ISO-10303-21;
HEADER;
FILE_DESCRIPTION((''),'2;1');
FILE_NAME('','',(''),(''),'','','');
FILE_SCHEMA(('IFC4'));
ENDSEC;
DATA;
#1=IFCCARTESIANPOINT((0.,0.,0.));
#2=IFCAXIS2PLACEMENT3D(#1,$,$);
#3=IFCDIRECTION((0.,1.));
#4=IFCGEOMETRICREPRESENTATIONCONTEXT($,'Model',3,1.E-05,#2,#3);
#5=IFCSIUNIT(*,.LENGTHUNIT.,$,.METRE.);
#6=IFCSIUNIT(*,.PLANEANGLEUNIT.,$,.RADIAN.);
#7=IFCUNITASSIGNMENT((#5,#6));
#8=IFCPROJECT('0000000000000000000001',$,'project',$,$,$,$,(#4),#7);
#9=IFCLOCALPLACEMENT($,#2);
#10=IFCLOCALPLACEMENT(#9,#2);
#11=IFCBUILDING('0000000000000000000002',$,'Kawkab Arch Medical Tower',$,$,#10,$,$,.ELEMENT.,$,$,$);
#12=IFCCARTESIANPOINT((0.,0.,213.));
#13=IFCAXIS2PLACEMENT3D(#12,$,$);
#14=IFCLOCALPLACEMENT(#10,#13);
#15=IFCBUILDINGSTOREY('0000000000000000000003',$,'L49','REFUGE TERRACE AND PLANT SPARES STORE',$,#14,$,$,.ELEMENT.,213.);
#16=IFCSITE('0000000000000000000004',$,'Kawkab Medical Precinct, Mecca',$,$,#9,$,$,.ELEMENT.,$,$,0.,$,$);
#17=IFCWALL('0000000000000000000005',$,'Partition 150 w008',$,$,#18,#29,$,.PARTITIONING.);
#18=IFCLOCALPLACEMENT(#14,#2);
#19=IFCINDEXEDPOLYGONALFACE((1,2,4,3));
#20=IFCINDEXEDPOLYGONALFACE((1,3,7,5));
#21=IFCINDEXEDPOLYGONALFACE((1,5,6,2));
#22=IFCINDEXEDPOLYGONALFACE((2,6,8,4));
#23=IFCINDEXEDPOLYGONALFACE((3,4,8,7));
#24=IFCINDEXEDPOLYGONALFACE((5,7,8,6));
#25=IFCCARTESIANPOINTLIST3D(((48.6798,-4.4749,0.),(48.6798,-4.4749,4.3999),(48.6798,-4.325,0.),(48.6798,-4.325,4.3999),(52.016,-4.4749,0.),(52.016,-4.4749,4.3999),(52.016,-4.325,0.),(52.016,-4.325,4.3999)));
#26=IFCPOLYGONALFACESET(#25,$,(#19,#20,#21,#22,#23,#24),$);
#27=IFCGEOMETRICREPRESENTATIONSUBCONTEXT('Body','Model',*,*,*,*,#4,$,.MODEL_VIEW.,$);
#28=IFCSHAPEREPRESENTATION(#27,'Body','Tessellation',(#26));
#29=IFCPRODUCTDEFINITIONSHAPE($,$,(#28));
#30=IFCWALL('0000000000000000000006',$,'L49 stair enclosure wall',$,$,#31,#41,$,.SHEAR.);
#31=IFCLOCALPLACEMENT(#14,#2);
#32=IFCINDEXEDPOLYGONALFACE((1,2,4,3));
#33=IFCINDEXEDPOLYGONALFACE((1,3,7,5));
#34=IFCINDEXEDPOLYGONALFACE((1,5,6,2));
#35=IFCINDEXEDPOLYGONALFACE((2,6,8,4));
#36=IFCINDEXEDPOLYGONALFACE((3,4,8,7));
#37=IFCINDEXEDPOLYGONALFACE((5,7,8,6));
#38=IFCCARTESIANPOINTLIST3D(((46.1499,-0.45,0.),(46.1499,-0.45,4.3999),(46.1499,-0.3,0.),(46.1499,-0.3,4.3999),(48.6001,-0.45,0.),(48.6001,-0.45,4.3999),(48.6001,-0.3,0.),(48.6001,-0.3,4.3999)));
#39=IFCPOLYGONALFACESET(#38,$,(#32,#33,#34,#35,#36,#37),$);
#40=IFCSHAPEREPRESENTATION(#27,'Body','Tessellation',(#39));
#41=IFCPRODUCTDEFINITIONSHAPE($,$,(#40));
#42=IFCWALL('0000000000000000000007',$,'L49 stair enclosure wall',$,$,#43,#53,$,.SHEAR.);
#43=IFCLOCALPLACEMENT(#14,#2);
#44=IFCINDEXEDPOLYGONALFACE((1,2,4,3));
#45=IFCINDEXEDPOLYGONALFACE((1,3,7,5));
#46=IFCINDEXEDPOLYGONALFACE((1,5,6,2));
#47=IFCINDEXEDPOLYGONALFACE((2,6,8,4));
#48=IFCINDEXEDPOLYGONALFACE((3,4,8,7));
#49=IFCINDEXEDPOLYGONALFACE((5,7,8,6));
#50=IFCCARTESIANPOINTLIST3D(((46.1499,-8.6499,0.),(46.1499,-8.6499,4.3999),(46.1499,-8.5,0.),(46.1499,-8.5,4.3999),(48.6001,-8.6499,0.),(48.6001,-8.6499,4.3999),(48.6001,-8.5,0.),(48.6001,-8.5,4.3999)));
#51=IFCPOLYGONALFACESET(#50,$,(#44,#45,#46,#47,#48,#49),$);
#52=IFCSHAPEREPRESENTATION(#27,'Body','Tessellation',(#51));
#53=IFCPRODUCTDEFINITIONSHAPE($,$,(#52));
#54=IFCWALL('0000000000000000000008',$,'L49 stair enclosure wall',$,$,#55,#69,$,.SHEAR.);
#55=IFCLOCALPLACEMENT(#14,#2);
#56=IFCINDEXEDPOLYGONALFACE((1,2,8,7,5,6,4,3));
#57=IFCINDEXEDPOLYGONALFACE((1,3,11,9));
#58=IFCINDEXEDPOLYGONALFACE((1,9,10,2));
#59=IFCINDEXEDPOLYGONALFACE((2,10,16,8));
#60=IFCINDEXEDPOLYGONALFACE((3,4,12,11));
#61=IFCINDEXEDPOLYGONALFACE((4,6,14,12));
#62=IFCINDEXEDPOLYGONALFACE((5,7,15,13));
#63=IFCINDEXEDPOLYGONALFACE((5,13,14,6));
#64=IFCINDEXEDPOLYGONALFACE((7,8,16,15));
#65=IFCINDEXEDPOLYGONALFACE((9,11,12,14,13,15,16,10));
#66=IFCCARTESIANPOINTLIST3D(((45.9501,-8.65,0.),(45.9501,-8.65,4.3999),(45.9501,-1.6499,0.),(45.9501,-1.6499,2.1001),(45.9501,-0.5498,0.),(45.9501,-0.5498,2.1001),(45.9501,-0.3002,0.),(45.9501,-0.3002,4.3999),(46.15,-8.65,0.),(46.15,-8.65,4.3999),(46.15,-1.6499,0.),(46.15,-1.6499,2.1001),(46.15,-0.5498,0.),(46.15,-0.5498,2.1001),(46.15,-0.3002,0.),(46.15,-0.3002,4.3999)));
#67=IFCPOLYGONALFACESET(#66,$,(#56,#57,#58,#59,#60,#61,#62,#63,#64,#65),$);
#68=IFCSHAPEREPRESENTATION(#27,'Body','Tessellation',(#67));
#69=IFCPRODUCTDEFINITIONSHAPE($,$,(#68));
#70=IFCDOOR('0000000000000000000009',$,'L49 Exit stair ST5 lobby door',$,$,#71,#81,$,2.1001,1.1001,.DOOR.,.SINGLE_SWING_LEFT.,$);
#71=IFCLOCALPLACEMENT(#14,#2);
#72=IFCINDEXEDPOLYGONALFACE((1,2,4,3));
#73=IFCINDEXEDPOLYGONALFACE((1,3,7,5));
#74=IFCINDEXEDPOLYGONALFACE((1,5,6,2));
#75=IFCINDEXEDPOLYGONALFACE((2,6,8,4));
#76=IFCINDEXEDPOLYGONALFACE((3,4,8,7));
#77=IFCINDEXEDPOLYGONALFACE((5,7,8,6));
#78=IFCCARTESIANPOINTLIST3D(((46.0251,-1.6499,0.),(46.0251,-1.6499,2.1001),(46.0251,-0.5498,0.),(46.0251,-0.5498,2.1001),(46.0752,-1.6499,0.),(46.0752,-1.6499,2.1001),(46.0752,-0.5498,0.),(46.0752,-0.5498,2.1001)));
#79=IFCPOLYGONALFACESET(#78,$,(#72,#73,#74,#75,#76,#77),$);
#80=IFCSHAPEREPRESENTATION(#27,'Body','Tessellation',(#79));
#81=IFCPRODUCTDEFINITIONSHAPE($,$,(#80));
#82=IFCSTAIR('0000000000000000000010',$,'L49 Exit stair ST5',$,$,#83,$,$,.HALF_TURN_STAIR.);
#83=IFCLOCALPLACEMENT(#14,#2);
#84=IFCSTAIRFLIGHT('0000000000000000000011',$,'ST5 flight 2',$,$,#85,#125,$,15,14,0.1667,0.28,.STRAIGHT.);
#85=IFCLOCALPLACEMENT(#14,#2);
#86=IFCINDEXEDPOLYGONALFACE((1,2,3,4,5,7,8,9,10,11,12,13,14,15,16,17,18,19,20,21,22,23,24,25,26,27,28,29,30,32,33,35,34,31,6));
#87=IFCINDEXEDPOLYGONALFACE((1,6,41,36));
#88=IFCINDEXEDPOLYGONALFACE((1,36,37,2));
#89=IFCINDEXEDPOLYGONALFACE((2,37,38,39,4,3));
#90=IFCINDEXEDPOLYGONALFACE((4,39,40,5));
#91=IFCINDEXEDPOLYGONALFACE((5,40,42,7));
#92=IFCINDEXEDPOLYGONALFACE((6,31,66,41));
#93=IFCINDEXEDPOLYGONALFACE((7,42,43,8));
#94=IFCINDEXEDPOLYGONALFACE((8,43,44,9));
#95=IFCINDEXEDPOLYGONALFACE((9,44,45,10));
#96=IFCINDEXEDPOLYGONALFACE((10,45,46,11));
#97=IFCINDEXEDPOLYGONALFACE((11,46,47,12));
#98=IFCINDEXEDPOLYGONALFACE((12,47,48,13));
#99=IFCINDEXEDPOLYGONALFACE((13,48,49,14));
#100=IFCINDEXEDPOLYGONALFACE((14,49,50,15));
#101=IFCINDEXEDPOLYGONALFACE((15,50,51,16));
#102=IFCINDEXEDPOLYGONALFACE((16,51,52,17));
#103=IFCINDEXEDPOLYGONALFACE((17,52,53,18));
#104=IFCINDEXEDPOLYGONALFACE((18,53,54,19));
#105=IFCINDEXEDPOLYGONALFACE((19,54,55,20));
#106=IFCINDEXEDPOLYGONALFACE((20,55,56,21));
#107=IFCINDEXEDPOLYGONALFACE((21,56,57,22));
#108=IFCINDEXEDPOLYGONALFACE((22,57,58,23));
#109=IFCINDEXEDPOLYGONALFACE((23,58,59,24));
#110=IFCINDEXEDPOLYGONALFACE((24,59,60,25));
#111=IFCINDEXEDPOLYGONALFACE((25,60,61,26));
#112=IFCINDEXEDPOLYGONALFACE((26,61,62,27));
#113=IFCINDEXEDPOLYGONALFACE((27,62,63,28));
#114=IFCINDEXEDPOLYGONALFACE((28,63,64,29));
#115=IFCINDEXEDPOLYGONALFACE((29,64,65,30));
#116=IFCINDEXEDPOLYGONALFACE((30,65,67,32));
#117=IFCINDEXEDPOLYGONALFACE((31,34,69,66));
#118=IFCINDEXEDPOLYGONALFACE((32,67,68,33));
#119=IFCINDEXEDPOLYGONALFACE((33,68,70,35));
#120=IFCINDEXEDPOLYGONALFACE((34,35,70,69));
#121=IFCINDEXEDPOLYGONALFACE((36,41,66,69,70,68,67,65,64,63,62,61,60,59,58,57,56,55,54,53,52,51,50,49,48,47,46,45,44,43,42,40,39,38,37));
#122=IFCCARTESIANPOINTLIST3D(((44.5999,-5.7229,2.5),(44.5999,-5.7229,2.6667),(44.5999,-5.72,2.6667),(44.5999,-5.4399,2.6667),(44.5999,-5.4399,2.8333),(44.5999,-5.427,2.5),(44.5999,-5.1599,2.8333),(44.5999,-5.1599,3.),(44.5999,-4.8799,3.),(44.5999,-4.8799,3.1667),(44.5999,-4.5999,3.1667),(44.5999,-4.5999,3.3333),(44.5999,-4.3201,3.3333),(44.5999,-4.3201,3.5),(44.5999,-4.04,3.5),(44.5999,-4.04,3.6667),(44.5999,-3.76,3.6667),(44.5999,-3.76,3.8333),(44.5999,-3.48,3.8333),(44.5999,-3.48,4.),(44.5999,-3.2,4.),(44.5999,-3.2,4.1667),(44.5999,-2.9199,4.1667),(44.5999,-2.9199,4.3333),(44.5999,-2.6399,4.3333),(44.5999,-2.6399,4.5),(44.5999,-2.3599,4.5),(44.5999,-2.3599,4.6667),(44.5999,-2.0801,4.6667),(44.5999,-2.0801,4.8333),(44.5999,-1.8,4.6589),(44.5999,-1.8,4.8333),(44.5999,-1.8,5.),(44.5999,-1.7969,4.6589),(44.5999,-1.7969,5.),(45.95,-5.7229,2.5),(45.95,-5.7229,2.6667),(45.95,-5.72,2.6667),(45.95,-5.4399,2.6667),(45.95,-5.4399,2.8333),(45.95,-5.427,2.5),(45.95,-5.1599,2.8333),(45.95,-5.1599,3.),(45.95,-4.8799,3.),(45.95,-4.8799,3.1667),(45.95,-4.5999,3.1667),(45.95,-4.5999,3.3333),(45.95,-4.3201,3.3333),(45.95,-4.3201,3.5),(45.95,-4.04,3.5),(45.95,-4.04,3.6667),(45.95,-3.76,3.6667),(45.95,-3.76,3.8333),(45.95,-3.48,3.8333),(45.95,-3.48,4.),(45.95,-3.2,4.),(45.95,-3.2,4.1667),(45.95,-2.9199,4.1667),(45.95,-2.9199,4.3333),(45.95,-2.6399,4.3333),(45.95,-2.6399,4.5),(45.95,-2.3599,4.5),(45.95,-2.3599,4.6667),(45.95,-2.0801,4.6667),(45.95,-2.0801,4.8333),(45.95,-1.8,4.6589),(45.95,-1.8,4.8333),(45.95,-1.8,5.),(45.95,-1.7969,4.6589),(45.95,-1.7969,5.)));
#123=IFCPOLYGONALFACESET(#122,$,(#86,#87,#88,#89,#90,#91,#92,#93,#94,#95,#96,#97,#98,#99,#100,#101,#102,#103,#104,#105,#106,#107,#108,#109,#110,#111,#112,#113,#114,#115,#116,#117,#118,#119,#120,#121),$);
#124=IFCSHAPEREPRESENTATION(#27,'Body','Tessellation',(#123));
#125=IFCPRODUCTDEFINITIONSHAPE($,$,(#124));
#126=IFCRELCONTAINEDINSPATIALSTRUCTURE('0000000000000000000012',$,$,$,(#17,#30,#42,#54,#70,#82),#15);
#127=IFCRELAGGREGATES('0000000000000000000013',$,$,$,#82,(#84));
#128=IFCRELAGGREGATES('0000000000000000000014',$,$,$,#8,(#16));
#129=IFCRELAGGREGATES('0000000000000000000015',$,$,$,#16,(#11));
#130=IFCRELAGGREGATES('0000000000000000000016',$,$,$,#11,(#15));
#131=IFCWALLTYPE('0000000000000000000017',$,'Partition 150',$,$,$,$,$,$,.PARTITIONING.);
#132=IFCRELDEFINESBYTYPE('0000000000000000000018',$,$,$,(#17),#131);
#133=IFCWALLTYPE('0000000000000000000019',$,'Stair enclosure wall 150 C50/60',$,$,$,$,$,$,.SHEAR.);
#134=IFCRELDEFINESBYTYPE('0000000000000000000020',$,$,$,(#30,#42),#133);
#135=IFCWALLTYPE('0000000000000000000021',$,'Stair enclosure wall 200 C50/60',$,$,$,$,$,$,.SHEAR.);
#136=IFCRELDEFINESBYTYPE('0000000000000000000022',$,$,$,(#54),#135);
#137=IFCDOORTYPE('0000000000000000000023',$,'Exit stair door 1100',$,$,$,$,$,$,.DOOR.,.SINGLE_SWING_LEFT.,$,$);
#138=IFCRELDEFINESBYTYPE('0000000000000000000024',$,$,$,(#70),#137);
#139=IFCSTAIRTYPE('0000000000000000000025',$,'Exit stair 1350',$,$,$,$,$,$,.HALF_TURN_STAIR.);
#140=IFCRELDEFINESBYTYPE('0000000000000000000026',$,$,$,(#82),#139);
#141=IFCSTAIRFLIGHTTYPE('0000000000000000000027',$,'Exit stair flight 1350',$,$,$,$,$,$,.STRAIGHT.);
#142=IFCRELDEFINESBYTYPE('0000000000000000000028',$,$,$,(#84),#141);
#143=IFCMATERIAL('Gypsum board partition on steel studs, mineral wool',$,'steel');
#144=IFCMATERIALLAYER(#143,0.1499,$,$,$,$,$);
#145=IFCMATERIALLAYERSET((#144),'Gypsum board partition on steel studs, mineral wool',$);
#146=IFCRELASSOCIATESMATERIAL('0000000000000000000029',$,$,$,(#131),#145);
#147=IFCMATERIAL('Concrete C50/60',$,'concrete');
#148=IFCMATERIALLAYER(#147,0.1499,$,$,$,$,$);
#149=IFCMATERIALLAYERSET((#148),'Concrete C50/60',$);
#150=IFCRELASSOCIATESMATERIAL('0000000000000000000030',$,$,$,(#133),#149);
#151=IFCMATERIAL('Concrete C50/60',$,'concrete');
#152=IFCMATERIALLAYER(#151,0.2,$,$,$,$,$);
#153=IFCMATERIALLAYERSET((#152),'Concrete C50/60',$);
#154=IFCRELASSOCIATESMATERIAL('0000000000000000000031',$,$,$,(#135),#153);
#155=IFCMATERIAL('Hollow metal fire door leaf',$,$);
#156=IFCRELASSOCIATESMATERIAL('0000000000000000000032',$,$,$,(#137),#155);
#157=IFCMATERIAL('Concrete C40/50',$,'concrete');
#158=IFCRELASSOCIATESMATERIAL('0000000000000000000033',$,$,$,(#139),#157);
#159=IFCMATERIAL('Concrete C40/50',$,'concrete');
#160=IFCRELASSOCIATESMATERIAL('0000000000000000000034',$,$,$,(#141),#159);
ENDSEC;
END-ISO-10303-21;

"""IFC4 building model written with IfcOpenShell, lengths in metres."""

from ifc_helpers import new_model, si_unit, direction, frame, frame_2d, origin, place, context, subcontext, project, spatial, polyline, rectangle, outline, extrude, material, layer, layer_set, type_object, element, fill, aggregate, save


model = new_model("IFC4")

# Units and contexts
model_context = context("Model", 3, precision=1e-05, world=origin(), true_north=direction((0.0, 1.0)))
body_context = subcontext(model_context, "Body", "Model", "MODEL_VIEW")
ifc_project = project(units=[si_unit("LENGTHUNIT", "METRE"), si_unit("PLANEANGLEUNIT", "RADIAN")], contexts=[model_context])

# Site, building, storey
site_placement = place(None, origin())
site = spatial("IfcSite", under=ifc_project, at=site_placement, Name="Kawkab Medical Precinct, Mecca", CompositionType="ELEMENT", RefElevation=0.0)
building_placement = place(site_placement, origin())
building = spatial("IfcBuilding", under=site, at=building_placement, Name="Kawkab Arch Medical Tower", CompositionType="ELEMENT")
storey_placement = place(building_placement, frame((0.0, 0.0, 213.0)))
storey = spatial("IfcBuildingStorey", under=building, at=storey_placement, Name="L49", Description="REFUGE TERRACE AND PLANT SPARES STORE", CompositionType="ELEMENT", Elevation=213.0)

# Shared definitions
placement = place(storey_placement, origin())

# Walls
ifc_material_1 = material(Name="Gypsum board partition on steel studs, mineral wool", Category="steel")
ifc_layer_1 = layer(ifc_material_1, 0.1499)
ifc_layer_set_1 = layer_set([ifc_layer_1], Name="Gypsum board partition on steel studs, mineral wool")
wall_type_1 = type_object("IfcWallType", Name="Partition 150", PredefinedType="PARTITIONING", material=ifc_layer_set_1)
wall_1_placement = place(storey_placement, frame((48.6799, -4.3999, 0.0), z_axis=(0.0, 0.0, 1.0), x_axis=(1.0, 0.0, 0.0)))
element("IfcWall", 1, at=wall_1_placement, inside=storey, type_object=wall_type_1, Name="Partition 150 w008", PredefinedType="PARTITIONING", context=body_context, shape_type="SweptSolid", body=[
    extrude(rectangle(XDim=3.3362, YDim=0.1499, at=frame_2d((1.668, 0.0))), origin(), (0.0, 0.0, 1.0), 4.3999),
])
ifc_material_2 = material(Name="Concrete C50/60", Category="concrete")
ifc_layer_2 = layer(ifc_material_2, 0.1499)
ifc_layer_set_2 = layer_set([ifc_layer_2], Name="Concrete C50/60")
wall_type_2 = type_object("IfcWallType", Name="Stair enclosure wall 150 C50/60", PredefinedType="SHEAR", material=ifc_layer_set_2)
for number, where, z_axis, x_axis, name in (
    (2, (46.1499, -0.375, 0.0), (0.0, 0.0, 1.0), (1.0, 0.0, 0.0), "L49 stair enclosure wall"),
    (3, (46.1499, -8.575, 0.0), (0.0, 0.0, 1.0), (1.0, 0.0, 0.0), "L49 stair enclosure wall"),
):
    element("IfcWall", number, at=place(storey_placement, frame(where, z_axis=z_axis, x_axis=x_axis)), inside=storey, type_object=wall_type_2, Name=name, PredefinedType="SHEAR", context=body_context, shape_type="SweptSolid", body=[
        extrude(rectangle(XDim=2.4502, YDim=0.1499, at=frame_2d((1.2251, 0.0))), origin(), (0.0, 0.0, 1.0), 4.3999),
    ])

# Wall, opening, door
ifc_material_3 = material(Name="Concrete C50/60", Category="concrete")
ifc_layer_3 = layer(ifc_material_3, 0.2)
ifc_layer_set_3 = layer_set([ifc_layer_3], Name="Concrete C50/60")
wall_type_3 = type_object("IfcWallType", Name="Stair enclosure wall 200 C50/60", PredefinedType="SHEAR", material=ifc_layer_set_3)
wall_2_placement = place(storey_placement, frame((46.05, -8.6499, 0.0), z_axis=(0.0, 0.0, 1.0), x_axis=(0.0, 1.0, 0.0)))
wall_2 = element("IfcWall", 4, at=wall_2_placement, inside=storey, type_object=wall_type_3, Name="L49 stair enclosure wall", PredefinedType="SHEAR", context=body_context, shape_type="SweptSolid", body=[
    extrude(rectangle(XDim=8.3499, YDim=0.2, at=frame_2d((4.1748, 0.0))), origin(), (0.0, 0.0, 1.0), 4.3999),
])
opening_1_placement = place(wall_2_placement, frame((7.0, 0.0, 0.0)))
opening_1 = element("IfcOpeningElement", 5, at=opening_1_placement, cuts=wall_2, PredefinedType="OPENING", context=body_context, shape_type="SweptSolid", body=[
    extrude(rectangle(XDim=1.1001, YDim=2.1001, at=frame_2d((0.55, 1.05))), frame((0.0, 0.1099, 0.0), z_axis=(0.0, -1.0, 0.0), x_axis=(1.0, 0.0, 0.0)), (0.0, 0.0, 1.0), 0.22),
])
ifc_material_4 = material(Name="Hollow metal fire door leaf")
door_type_1 = type_object("IfcDoorType", Name="Exit stair door 1100", OperationType="SINGLE_SWING_LEFT", PredefinedType="DOOR", material=ifc_material_4)
door_1_placement = place(opening_1_placement, origin())
door_1 = element("IfcDoor", 6, at=door_1_placement, inside=storey, type_object=door_type_1, Name="L49 Exit stair ST5 lobby door", OperationType="SINGLE_SWING_LEFT", OverallHeight=2.1001, OverallWidth=1.1001, PredefinedType="DOOR", context=body_context, shape_type="SweptSolid", body=[
    extrude(rectangle(XDim=1.1001, YDim=2.1001, at=frame_2d((0.55, 1.05))), frame((0.0, 0.0249, 0.0), z_axis=(0.0, -1.0, 0.0), x_axis=(1.0, 0.0, 0.0)), (0.0, 0.0, 1.0), 0.05),
])
fill(opening_1, door_1)

# Stair, stair flight
ifc_material_5 = material(Name="Concrete C40/50", Category="concrete")
stair_type = type_object("IfcStairType", Name="Exit stair 1350", PredefinedType="HALF_TURN_STAIR", material=ifc_material_5)
stair = element("IfcStair", 7, at=placement, inside=storey, type_object=stair_type, Name="L49 Exit stair ST5", PredefinedType="HALF_TURN_STAIR")
ifc_material_6 = material(Name="Concrete C40/50", Category="concrete")
stair_flight_type = type_object("IfcStairFlightType", Name="Exit stair flight 1350", PredefinedType="STRAIGHT", material=ifc_material_6)
stair_flight_placement = place(storey_placement, frame((45.2749, -5.72, 2.5), z_axis=(0.0, 0.0, 1.0), x_axis=(0.0, 1.0, 0.0)))
stair_flight = element("IfcStairFlight", 8, at=stair_flight_placement, type_object=stair_flight_type, Name="ST5 flight 2", NumberOfRisers=15, NumberOfTreads=14, PredefinedType="STRAIGHT", RiserHeight=0.1667, TreadLength=0.28, context=body_context, shape_type="SweptSolid", body=[
    extrude(outline(polyline([(-0.0029, 0.0), (-0.0029, 0.1667), (0.0, 0.1667), (0.28, 0.1667), (0.28, 0.3333), (0.5601, 0.3333), (0.5601, 0.5), (0.8401, 0.5), (0.8401, 0.6667), (1.1201, 0.6667), (1.1201, 0.8333), (1.3999, 0.8333), (1.3999, 1.0), (1.6799, 1.0), (1.6799, 1.1667), (1.96, 1.1667), (1.96, 1.3333), (2.24, 1.3333), (2.24, 1.5), (2.52, 1.5), (2.52, 1.6667), (2.8, 1.6667), (2.8, 1.8333), (3.0801, 1.8333), (3.0801, 2.0), (3.3601, 2.0), (3.3601, 2.1667), (3.6399, 2.1667), (3.6399, 2.3333), (3.9199, 2.3333), (3.9199, 2.5), (3.9231, 2.5), (3.9231, 2.1589), (3.9199, 2.1589), (0.293, 0.0), (-0.0029, 0.0)])), frame((0.0, 0.675, 0.0), z_axis=(0.0, -1.0, 0.0), x_axis=(1.0, 0.0, 0.0)), (0.0, 0.0, 1.0), 1.3501),
])
aggregate(stair, [stair_flight])

save(model, "model.ifc")
